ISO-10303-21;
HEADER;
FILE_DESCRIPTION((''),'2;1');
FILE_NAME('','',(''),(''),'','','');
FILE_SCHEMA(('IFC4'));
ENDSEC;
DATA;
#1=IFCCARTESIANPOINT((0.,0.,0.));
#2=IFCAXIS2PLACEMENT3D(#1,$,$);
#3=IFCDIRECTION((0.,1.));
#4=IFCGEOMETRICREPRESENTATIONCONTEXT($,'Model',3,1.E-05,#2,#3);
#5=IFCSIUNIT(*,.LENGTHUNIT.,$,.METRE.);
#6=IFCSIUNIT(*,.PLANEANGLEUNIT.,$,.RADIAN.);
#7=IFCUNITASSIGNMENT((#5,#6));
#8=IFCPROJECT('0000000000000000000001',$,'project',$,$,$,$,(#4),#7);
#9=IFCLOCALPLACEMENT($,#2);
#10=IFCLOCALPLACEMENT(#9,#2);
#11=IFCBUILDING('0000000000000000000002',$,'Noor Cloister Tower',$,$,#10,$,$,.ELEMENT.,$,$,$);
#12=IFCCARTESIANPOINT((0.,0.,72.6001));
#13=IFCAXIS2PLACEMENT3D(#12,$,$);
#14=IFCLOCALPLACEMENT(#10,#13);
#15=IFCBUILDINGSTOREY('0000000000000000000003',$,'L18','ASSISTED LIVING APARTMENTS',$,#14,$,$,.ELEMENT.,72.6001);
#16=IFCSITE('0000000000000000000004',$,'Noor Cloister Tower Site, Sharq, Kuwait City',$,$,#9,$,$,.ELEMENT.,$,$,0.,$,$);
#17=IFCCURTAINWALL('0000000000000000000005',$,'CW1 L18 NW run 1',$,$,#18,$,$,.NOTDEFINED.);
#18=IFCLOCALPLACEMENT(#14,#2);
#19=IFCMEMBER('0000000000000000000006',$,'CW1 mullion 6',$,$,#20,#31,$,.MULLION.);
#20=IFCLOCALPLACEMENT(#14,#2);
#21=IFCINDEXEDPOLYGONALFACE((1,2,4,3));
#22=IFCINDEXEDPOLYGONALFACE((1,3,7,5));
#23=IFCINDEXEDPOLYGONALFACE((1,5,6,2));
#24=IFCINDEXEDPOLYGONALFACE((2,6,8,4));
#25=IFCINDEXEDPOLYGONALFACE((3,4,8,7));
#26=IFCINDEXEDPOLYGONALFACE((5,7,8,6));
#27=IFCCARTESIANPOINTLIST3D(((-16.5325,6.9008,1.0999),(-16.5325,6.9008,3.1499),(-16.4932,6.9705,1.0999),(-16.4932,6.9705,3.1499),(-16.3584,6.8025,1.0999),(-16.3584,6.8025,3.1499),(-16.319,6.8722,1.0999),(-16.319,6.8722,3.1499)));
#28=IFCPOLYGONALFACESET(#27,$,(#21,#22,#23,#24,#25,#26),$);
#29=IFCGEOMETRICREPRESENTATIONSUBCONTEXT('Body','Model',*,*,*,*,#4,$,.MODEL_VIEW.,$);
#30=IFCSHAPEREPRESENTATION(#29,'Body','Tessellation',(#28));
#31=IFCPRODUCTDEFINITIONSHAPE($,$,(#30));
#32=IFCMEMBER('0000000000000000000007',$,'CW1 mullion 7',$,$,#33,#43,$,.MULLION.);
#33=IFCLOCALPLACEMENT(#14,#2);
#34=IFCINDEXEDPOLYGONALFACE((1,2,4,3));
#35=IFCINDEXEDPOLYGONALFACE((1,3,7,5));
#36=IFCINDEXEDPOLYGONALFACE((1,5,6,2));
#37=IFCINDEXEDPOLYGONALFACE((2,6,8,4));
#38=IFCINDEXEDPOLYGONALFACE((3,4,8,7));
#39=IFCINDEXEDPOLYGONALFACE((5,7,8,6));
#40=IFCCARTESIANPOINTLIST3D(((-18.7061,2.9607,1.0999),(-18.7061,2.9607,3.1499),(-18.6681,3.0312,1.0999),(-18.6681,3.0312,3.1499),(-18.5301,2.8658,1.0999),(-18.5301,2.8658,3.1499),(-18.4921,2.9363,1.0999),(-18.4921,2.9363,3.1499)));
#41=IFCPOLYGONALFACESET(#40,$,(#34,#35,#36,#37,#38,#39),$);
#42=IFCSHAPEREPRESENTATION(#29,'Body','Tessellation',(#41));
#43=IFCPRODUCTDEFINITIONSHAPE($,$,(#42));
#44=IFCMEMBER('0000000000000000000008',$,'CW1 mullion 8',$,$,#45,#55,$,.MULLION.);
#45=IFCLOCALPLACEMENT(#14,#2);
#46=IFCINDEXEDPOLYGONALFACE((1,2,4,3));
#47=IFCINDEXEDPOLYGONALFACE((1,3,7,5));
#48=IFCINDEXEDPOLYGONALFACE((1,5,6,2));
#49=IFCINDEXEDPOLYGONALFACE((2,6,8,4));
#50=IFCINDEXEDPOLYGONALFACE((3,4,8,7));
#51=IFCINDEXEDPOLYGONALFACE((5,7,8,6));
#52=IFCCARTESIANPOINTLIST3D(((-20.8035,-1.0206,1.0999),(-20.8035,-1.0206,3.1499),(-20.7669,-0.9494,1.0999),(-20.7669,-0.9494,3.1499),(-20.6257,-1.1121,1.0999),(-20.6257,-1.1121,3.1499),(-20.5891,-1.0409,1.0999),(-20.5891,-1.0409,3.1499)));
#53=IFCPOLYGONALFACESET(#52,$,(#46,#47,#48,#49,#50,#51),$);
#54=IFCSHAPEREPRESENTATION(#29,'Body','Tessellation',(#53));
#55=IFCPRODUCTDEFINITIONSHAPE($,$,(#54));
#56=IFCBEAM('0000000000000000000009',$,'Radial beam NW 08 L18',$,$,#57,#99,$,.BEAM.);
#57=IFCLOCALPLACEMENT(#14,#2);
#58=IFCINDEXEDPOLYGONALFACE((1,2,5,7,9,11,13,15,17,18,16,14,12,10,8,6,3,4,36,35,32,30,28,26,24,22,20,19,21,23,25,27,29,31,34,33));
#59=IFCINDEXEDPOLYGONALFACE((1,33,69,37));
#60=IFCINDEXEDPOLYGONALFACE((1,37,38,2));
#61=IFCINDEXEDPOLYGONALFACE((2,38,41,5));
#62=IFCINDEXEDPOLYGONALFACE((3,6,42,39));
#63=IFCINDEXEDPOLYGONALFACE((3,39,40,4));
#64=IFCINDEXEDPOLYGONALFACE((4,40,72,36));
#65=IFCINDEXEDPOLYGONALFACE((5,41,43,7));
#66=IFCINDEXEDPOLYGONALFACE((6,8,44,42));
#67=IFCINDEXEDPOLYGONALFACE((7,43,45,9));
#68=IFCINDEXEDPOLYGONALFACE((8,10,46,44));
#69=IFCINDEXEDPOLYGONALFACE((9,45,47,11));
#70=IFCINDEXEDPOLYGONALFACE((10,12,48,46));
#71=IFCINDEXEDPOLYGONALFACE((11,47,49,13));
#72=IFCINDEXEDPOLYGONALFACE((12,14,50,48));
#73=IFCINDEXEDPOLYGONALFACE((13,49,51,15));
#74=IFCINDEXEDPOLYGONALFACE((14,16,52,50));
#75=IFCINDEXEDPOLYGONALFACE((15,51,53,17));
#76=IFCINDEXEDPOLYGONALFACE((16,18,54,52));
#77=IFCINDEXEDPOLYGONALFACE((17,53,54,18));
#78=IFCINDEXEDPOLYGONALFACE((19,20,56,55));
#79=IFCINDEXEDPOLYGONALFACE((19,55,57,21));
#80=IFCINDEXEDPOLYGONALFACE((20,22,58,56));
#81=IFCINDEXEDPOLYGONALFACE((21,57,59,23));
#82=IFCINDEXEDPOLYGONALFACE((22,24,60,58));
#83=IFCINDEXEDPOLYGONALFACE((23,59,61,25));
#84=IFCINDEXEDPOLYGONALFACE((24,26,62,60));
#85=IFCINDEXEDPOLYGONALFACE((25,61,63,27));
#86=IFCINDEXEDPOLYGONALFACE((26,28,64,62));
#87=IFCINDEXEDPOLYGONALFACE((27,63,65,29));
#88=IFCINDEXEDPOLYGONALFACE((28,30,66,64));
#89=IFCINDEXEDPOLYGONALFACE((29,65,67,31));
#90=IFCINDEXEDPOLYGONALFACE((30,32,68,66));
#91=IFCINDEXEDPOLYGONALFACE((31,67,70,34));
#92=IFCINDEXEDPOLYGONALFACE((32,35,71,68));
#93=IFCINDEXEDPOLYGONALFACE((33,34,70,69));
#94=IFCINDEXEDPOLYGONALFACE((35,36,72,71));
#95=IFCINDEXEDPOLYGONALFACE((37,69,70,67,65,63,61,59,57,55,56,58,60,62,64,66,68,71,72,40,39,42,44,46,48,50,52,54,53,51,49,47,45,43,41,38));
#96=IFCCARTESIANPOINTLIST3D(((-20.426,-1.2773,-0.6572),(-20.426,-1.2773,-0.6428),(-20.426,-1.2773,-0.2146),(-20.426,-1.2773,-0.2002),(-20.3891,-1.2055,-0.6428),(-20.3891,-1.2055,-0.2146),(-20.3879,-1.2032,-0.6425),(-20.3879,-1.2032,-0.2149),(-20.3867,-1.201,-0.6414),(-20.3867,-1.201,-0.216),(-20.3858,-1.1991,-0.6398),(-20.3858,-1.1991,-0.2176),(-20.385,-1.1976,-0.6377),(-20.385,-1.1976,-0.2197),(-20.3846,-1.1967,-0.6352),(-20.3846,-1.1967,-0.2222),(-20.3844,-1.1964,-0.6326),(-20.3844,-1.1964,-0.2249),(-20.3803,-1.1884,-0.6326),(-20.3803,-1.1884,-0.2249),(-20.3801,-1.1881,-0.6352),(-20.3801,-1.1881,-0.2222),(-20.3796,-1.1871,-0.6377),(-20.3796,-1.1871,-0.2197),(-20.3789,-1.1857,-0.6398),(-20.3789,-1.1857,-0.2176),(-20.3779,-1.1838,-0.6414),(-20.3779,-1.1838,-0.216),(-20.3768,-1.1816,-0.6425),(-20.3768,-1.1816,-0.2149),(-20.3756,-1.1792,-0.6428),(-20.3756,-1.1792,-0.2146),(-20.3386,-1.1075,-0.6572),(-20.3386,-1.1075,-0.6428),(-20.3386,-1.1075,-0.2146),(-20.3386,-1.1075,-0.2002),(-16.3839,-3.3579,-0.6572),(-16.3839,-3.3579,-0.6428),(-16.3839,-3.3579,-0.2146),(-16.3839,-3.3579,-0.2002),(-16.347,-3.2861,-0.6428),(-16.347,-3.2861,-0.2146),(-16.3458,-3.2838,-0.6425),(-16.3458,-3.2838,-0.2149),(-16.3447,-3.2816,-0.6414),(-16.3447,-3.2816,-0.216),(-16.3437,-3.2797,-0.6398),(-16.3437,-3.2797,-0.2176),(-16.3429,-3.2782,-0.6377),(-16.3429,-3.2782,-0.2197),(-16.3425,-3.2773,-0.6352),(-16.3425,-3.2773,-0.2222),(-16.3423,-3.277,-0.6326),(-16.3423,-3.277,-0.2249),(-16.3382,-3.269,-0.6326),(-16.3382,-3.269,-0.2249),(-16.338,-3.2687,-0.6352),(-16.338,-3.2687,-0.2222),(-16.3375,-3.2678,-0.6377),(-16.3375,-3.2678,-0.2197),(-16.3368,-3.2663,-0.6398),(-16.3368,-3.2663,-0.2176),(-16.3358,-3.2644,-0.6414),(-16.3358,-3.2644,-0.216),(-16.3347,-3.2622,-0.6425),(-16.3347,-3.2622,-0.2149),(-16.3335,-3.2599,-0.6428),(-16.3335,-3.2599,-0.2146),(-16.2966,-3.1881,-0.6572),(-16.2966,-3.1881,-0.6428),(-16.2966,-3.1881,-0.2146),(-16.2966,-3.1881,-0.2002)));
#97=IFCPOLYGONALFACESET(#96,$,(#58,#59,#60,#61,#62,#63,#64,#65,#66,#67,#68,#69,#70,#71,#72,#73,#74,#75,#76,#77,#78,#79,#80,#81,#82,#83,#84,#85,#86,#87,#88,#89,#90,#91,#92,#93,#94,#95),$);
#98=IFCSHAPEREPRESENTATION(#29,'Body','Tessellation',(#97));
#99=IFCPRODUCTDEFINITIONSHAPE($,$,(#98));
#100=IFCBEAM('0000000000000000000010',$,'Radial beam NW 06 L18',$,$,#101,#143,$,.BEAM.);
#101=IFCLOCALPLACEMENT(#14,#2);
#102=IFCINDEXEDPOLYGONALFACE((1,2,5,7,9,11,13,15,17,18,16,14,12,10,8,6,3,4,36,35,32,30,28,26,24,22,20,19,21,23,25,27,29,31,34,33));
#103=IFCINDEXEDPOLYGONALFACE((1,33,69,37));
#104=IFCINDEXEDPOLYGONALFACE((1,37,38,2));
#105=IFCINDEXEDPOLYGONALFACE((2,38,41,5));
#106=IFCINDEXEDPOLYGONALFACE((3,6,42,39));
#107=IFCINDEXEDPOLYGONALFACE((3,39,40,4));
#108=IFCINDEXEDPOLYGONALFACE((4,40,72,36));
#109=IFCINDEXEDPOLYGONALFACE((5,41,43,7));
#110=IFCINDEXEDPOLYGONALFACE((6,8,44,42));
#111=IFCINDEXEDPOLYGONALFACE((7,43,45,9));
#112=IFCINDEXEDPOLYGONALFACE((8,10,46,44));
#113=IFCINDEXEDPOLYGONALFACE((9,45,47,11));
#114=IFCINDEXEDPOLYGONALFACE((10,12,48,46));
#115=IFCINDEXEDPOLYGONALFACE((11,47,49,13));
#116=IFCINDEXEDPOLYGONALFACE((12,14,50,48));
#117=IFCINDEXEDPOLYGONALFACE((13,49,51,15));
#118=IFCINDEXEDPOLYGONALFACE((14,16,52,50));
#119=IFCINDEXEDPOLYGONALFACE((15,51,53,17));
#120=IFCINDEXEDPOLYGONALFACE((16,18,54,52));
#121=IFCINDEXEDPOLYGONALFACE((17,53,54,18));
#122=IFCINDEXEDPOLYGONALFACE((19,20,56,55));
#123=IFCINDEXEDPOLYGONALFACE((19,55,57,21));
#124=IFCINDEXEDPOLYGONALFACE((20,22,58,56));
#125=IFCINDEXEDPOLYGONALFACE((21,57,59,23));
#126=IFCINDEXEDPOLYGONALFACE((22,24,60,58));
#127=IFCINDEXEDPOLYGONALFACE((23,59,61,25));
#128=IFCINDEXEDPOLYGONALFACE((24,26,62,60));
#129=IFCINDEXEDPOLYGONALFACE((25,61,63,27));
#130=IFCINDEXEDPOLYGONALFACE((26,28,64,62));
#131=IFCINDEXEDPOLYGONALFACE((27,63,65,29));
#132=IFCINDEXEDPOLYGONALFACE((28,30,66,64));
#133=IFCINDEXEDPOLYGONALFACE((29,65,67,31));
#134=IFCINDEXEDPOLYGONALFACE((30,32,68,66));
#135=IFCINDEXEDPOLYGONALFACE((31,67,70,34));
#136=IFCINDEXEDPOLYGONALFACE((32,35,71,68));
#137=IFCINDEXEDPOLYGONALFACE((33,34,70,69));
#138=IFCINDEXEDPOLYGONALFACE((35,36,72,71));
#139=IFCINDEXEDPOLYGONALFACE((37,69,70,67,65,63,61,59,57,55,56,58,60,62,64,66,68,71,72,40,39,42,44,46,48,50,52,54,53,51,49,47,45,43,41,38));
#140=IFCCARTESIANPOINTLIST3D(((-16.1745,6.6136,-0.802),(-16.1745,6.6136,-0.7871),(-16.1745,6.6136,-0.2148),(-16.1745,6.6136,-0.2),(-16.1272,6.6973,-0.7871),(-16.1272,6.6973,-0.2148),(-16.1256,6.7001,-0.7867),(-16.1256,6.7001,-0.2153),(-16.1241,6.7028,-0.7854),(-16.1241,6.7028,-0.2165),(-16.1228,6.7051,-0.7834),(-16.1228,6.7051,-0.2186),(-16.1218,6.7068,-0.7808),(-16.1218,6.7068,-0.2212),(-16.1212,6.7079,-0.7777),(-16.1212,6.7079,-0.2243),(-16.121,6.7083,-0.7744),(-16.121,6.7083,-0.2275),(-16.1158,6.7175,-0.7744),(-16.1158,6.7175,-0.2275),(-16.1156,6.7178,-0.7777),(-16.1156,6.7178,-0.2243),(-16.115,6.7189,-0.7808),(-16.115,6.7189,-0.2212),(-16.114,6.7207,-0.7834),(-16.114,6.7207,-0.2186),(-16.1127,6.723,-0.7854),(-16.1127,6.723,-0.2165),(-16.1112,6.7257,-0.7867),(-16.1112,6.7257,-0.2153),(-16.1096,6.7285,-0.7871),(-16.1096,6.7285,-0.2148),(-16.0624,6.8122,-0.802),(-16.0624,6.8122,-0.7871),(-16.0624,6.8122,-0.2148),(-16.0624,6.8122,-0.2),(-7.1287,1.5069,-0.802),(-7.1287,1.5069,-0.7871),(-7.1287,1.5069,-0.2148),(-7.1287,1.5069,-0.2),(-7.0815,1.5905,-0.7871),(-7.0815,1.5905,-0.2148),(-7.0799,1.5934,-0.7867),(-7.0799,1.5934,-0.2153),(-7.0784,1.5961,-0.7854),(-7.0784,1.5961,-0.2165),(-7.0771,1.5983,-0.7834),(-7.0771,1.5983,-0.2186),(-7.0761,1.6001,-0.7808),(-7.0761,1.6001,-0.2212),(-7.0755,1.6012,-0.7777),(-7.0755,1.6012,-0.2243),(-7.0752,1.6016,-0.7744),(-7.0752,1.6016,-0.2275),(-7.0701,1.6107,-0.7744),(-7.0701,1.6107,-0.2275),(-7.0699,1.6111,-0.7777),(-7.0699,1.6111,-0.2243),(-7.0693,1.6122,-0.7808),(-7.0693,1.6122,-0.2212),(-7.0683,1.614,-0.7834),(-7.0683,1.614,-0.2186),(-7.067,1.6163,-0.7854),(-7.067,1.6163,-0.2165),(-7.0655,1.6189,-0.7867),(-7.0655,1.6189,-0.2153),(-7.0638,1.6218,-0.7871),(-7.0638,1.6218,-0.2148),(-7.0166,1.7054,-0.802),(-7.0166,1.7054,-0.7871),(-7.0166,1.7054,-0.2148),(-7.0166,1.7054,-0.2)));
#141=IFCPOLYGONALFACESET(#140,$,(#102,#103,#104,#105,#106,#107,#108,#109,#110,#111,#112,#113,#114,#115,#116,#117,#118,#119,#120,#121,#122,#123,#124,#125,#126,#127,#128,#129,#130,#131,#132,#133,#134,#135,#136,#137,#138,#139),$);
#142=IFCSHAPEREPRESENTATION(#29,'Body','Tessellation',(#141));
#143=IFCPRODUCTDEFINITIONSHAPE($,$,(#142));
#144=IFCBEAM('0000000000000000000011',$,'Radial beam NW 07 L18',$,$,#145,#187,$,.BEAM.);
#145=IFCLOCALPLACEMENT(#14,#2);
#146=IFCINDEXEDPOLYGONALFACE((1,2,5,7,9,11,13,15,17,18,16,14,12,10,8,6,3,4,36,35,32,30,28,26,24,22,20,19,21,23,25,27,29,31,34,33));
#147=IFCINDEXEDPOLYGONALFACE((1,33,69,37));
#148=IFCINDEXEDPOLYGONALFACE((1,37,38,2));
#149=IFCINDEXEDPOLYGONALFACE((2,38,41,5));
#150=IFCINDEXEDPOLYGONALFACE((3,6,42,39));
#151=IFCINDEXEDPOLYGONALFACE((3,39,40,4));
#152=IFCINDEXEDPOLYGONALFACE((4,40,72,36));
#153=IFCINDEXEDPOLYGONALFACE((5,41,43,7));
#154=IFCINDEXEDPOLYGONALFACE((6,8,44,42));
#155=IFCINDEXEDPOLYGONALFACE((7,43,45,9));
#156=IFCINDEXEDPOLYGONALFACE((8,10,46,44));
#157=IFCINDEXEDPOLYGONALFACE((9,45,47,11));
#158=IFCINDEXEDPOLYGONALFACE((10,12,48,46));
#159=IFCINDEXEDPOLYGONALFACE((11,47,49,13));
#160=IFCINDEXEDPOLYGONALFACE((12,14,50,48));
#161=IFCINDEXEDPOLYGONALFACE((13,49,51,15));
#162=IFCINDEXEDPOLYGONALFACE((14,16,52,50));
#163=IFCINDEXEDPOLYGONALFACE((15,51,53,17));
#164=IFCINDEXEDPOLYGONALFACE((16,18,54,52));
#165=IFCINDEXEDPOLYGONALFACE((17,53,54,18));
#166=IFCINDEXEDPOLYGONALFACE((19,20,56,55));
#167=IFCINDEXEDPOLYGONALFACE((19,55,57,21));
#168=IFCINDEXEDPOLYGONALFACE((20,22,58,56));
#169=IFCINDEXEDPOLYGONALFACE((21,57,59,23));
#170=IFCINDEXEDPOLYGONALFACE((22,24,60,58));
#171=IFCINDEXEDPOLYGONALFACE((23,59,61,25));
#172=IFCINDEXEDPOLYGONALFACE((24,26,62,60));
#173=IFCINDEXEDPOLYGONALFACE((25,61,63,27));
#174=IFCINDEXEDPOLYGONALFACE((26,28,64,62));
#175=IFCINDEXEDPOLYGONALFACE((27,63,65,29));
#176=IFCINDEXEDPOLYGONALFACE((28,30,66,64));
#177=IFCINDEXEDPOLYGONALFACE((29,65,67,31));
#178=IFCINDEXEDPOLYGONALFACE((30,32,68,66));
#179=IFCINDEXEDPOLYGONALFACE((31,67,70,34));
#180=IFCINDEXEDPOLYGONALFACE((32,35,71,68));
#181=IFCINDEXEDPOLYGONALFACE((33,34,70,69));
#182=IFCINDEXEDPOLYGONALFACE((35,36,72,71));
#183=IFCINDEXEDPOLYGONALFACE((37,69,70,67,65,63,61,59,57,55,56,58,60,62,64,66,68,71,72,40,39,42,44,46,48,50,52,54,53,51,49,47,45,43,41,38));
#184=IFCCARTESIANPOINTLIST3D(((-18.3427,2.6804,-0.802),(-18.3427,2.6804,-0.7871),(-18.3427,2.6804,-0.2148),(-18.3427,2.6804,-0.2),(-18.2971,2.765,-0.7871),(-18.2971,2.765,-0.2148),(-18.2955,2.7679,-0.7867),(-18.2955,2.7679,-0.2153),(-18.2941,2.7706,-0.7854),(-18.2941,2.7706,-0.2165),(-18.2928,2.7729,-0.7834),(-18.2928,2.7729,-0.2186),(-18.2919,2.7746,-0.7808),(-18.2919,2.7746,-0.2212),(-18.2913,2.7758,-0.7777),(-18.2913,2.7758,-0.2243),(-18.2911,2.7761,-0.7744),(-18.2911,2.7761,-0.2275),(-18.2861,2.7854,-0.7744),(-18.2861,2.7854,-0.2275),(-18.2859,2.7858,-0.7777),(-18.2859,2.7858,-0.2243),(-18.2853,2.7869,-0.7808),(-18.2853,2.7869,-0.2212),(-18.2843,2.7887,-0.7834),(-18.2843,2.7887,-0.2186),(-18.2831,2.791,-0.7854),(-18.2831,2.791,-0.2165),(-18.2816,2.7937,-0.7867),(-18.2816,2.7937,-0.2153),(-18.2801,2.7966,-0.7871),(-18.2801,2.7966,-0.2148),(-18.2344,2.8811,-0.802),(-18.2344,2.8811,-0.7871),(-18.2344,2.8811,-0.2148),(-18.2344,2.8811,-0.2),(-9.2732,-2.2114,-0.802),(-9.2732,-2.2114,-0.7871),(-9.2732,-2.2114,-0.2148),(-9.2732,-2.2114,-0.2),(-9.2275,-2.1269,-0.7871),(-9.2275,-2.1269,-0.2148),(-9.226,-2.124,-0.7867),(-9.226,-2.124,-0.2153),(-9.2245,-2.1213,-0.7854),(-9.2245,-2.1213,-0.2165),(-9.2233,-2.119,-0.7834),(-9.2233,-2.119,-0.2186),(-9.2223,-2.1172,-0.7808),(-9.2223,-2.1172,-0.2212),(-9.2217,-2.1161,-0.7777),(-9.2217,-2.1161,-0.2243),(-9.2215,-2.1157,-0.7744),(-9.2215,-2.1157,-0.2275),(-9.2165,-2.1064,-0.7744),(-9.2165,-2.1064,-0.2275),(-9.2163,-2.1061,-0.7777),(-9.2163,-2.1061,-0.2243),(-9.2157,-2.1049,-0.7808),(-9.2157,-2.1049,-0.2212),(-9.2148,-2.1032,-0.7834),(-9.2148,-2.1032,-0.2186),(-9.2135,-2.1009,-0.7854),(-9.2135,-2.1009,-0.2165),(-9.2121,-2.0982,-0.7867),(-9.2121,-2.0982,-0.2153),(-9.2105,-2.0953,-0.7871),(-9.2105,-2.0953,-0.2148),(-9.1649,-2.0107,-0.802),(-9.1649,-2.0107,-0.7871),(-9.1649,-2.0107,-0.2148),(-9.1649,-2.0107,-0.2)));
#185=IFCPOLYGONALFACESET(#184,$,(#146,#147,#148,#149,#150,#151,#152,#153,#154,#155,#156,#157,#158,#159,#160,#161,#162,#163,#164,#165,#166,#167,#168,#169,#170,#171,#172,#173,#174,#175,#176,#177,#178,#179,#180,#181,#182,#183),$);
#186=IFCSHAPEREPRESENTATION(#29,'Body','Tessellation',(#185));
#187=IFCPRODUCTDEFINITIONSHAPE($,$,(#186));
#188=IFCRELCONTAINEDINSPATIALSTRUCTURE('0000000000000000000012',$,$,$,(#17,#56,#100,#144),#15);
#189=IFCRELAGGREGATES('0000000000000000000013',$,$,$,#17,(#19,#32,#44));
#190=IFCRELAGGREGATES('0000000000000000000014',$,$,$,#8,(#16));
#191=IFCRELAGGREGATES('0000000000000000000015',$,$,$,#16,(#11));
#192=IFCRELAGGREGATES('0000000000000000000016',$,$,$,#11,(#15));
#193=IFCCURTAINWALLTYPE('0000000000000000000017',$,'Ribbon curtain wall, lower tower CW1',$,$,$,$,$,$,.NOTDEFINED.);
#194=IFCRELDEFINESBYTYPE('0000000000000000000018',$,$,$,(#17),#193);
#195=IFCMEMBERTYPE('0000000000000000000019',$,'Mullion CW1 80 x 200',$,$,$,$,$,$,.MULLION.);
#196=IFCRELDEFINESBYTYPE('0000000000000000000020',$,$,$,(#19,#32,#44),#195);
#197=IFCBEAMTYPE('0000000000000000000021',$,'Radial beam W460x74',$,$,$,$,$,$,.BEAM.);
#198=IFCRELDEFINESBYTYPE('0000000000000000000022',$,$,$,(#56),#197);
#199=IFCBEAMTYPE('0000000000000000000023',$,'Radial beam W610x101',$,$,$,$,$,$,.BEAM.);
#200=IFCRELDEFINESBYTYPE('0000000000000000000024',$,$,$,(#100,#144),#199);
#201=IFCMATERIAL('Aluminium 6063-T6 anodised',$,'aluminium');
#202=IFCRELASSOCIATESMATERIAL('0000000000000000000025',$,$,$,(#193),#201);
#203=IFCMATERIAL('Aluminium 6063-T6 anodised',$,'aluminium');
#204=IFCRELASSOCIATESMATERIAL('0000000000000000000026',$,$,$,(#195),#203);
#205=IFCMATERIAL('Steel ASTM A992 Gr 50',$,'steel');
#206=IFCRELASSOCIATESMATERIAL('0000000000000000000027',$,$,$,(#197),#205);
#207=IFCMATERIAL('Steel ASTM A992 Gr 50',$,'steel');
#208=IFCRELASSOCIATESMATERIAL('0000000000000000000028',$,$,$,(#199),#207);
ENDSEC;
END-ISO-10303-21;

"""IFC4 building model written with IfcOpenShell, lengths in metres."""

from ifc_helpers import new_model, si_unit, direction, frame, origin, origin_2d, place, context, subcontext, project, spatial, rectangle, i_section, extrude, material, material_profile, profile_set, type_object, element, aggregate, save


model = new_model("IFC4")

# Units and contexts
model_context = context("Model", 3, precision=1e-05, world=origin(), true_north=direction((0.0, 1.0)))
body_context = subcontext(model_context, "Body", "Model", "MODEL_VIEW")
ifc_project = project(units=[si_unit("LENGTHUNIT", "METRE"), si_unit("PLANEANGLEUNIT", "RADIAN")], contexts=[model_context])

# Site, building, storey
site_placement = place(None, origin())
site = spatial("IfcSite", under=ifc_project, at=site_placement, Name="Noor Cloister Tower Site, Sharq, Kuwait City", CompositionType="ELEMENT", RefElevation=0.0)
building_placement = place(site_placement, origin())
building = spatial("IfcBuilding", under=site, at=building_placement, Name="Noor Cloister Tower", CompositionType="ELEMENT")
storey_placement = place(building_placement, frame((0.0, 0.0, 72.6001)))
storey = spatial("IfcBuildingStorey", under=building, at=storey_placement, Name="L18", Description="ASSISTED LIVING APARTMENTS", CompositionType="ELEMENT", Elevation=72.6001)

# Curtain wall
ifc_material_1 = material(Name="Aluminium 6063-T6 anodised", Category="aluminium")
curtain_wall_type = type_object("IfcCurtainWallType", Name="Ribbon curtain wall, lower tower CW1", PredefinedType="NOTDEFINED", material=ifc_material_1)
curtain_wall_1_placement = place(storey_placement, origin())
curtain_wall_1 = element("IfcCurtainWall", 1, at=curtain_wall_1_placement, inside=storey, type_object=curtain_wall_type, Name="CW1 L18 NW run 1", PredefinedType="NOTDEFINED")

# Members
ifc_material_2 = material(Name="Aluminium 6063-T6 anodised", Category="aluminium")
ifc_material_profile_1 = material_profile(ifc_material_2, rectangle(XDim=0.2, YDim=0.0801, at=origin_2d()), Name="200 x 80 mullion")
ifc_profile_set_1 = profile_set([ifc_material_profile_1], Name="Aluminium 6063-T6 anodised")
member_type_1 = type_object("IfcMemberType", Name="Mullion CW1 80 x 200", PredefinedType="MULLION", material=ifc_profile_set_1)
member_1_placement = place(storey_placement, frame((-16.4258, 6.8865, 1.0999), z_axis=(0.0, 0.0, 1.0), x_axis=(0.870808, -0.491623, 0.0)))
member_1 = element("IfcMember", 2, at=member_1_placement, type_object=member_type_1, Name="CW1 mullion 6", PredefinedType="MULLION", context=body_context, shape_type="SweptSolid", body=[
    extrude(rectangle(XDim=0.2, YDim=0.0801, at=origin_2d()), origin(), (0.0, 0.0, 1.0), 2.05),
])
member_2_placement = place(storey_placement, frame((-18.5991, 2.9485, 1.0999), z_axis=(0.0, 0.0, 1.0), x_axis=(0.88013, -0.474733, 0.0)))
member_2 = element("IfcMember", 3, at=member_2_placement, type_object=member_type_1, Name="CW1 mullion 7", PredefinedType="MULLION", context=body_context, shape_type="SweptSolid", body=[
    extrude(rectangle(XDim=0.2, YDim=0.0801, at=origin_2d()), origin(), (0.0, 0.0, 1.0), 2.05),
])
member_3_placement = place(storey_placement, frame((-20.6963, -1.0308, 1.0999), z_axis=(0.0, 0.0, 1.0), x_axis=(0.889124, -0.457666, 0.0)))
member_3 = element("IfcMember", 4, at=member_3_placement, type_object=member_type_1, Name="CW1 mullion 8", PredefinedType="MULLION", context=body_context, shape_type="SweptSolid", body=[
    extrude(rectangle(XDim=0.2, YDim=0.0801, at=origin_2d()), origin(), (0.0, 0.0, 1.0), 2.05),
])

# Beams
ifc_material_3 = material(Name="Steel ASTM A992 Gr 50", Category="steel")
ifc_material_profile_2 = material_profile(ifc_material_3, i_section(OverallWidth=0.1909, OverallDepth=0.457, WebThickness=0.009, FlangeThickness=0.0144, FilletRadius=0.0103, at=origin_2d()), Name="W460x74")
ifc_profile_set_2 = profile_set([ifc_material_profile_2], Name="Steel ASTM A992 Gr 50")
beam_type_1 = type_object("IfcBeamType", Name="Radial beam W460x74", PredefinedType="BEAM", material=ifc_profile_set_2)
beam_1_placement = place(storey_placement, frame((-20.3823, -1.1924, -0.4287), z_axis=(0.889124, -0.457666, 0.0), x_axis=(0.457666, 0.889124, 0.0)))
element("IfcBeam", 5, at=beam_1_placement, inside=storey, type_object=beam_type_1, Name="Radial beam NW 08 L18", PredefinedType="BEAM", context=body_context, shape_type="SweptSolid", body=[
    extrude(i_section(OverallWidth=0.1909, OverallDepth=0.457, WebThickness=0.009, FlangeThickness=0.0144, FilletRadius=0.0103, at=origin_2d()), origin(), (0.0, 0.0, 1.0), 4.5461),
])
ifc_material_4 = material(Name="Steel ASTM A992 Gr 50", Category="steel")
ifc_material_profile_3 = material_profile(ifc_material_4, i_section(OverallWidth=0.228, OverallDepth=0.6021, WebThickness=0.0105, FlangeThickness=0.0149, FilletRadius=0.0127, at=origin_2d()), Name="W610x101")
ifc_profile_set_3 = profile_set([ifc_material_profile_3], Name="Steel ASTM A992 Gr 50")
beam_type_2 = type_object("IfcBeamType", Name="Radial beam W610x101", PredefinedType="BEAM", material=ifc_profile_set_3)
beam_2_placement = place(storey_placement, frame((-16.1184, 6.7129, -0.501), z_axis=(0.870813, -0.491614, 0.0), x_axis=(0.491614, 0.870813, 0.0)))
element("IfcBeam", 6, at=beam_2_placement, inside=storey, type_object=beam_type_2, Name="Radial beam NW 06 L18", PredefinedType="BEAM", context=body_context, shape_type="SweptSolid", body=[
    extrude(i_section(OverallWidth=0.228, OverallDepth=0.6021, WebThickness=0.0105, FlangeThickness=0.0149, FilletRadius=0.0127, at=origin_2d()), origin(), (0.0, 0.0, 1.0), 10.3877),
])
beam_3_placement = place(storey_placement, frame((-18.2886, 2.7808, -0.501), z_axis=(0.880138, -0.474719, 0.0), x_axis=(0.474719, 0.880138, 0.0)))
element("IfcBeam", 7, at=beam_3_placement, inside=storey, type_object=beam_type_2, Name="Radial beam NW 07 L18", PredefinedType="BEAM", context=body_context, shape_type="SweptSolid", body=[
    extrude(i_section(OverallWidth=0.228, OverallDepth=0.6021, WebThickness=0.0105, FlangeThickness=0.0149, FilletRadius=0.0127, at=origin_2d()), origin(), (0.0, 0.0, 1.0), 10.3047),
])

aggregate(curtain_wall_1, [member_1, member_2, member_3])

save(model, "model.ifc")
